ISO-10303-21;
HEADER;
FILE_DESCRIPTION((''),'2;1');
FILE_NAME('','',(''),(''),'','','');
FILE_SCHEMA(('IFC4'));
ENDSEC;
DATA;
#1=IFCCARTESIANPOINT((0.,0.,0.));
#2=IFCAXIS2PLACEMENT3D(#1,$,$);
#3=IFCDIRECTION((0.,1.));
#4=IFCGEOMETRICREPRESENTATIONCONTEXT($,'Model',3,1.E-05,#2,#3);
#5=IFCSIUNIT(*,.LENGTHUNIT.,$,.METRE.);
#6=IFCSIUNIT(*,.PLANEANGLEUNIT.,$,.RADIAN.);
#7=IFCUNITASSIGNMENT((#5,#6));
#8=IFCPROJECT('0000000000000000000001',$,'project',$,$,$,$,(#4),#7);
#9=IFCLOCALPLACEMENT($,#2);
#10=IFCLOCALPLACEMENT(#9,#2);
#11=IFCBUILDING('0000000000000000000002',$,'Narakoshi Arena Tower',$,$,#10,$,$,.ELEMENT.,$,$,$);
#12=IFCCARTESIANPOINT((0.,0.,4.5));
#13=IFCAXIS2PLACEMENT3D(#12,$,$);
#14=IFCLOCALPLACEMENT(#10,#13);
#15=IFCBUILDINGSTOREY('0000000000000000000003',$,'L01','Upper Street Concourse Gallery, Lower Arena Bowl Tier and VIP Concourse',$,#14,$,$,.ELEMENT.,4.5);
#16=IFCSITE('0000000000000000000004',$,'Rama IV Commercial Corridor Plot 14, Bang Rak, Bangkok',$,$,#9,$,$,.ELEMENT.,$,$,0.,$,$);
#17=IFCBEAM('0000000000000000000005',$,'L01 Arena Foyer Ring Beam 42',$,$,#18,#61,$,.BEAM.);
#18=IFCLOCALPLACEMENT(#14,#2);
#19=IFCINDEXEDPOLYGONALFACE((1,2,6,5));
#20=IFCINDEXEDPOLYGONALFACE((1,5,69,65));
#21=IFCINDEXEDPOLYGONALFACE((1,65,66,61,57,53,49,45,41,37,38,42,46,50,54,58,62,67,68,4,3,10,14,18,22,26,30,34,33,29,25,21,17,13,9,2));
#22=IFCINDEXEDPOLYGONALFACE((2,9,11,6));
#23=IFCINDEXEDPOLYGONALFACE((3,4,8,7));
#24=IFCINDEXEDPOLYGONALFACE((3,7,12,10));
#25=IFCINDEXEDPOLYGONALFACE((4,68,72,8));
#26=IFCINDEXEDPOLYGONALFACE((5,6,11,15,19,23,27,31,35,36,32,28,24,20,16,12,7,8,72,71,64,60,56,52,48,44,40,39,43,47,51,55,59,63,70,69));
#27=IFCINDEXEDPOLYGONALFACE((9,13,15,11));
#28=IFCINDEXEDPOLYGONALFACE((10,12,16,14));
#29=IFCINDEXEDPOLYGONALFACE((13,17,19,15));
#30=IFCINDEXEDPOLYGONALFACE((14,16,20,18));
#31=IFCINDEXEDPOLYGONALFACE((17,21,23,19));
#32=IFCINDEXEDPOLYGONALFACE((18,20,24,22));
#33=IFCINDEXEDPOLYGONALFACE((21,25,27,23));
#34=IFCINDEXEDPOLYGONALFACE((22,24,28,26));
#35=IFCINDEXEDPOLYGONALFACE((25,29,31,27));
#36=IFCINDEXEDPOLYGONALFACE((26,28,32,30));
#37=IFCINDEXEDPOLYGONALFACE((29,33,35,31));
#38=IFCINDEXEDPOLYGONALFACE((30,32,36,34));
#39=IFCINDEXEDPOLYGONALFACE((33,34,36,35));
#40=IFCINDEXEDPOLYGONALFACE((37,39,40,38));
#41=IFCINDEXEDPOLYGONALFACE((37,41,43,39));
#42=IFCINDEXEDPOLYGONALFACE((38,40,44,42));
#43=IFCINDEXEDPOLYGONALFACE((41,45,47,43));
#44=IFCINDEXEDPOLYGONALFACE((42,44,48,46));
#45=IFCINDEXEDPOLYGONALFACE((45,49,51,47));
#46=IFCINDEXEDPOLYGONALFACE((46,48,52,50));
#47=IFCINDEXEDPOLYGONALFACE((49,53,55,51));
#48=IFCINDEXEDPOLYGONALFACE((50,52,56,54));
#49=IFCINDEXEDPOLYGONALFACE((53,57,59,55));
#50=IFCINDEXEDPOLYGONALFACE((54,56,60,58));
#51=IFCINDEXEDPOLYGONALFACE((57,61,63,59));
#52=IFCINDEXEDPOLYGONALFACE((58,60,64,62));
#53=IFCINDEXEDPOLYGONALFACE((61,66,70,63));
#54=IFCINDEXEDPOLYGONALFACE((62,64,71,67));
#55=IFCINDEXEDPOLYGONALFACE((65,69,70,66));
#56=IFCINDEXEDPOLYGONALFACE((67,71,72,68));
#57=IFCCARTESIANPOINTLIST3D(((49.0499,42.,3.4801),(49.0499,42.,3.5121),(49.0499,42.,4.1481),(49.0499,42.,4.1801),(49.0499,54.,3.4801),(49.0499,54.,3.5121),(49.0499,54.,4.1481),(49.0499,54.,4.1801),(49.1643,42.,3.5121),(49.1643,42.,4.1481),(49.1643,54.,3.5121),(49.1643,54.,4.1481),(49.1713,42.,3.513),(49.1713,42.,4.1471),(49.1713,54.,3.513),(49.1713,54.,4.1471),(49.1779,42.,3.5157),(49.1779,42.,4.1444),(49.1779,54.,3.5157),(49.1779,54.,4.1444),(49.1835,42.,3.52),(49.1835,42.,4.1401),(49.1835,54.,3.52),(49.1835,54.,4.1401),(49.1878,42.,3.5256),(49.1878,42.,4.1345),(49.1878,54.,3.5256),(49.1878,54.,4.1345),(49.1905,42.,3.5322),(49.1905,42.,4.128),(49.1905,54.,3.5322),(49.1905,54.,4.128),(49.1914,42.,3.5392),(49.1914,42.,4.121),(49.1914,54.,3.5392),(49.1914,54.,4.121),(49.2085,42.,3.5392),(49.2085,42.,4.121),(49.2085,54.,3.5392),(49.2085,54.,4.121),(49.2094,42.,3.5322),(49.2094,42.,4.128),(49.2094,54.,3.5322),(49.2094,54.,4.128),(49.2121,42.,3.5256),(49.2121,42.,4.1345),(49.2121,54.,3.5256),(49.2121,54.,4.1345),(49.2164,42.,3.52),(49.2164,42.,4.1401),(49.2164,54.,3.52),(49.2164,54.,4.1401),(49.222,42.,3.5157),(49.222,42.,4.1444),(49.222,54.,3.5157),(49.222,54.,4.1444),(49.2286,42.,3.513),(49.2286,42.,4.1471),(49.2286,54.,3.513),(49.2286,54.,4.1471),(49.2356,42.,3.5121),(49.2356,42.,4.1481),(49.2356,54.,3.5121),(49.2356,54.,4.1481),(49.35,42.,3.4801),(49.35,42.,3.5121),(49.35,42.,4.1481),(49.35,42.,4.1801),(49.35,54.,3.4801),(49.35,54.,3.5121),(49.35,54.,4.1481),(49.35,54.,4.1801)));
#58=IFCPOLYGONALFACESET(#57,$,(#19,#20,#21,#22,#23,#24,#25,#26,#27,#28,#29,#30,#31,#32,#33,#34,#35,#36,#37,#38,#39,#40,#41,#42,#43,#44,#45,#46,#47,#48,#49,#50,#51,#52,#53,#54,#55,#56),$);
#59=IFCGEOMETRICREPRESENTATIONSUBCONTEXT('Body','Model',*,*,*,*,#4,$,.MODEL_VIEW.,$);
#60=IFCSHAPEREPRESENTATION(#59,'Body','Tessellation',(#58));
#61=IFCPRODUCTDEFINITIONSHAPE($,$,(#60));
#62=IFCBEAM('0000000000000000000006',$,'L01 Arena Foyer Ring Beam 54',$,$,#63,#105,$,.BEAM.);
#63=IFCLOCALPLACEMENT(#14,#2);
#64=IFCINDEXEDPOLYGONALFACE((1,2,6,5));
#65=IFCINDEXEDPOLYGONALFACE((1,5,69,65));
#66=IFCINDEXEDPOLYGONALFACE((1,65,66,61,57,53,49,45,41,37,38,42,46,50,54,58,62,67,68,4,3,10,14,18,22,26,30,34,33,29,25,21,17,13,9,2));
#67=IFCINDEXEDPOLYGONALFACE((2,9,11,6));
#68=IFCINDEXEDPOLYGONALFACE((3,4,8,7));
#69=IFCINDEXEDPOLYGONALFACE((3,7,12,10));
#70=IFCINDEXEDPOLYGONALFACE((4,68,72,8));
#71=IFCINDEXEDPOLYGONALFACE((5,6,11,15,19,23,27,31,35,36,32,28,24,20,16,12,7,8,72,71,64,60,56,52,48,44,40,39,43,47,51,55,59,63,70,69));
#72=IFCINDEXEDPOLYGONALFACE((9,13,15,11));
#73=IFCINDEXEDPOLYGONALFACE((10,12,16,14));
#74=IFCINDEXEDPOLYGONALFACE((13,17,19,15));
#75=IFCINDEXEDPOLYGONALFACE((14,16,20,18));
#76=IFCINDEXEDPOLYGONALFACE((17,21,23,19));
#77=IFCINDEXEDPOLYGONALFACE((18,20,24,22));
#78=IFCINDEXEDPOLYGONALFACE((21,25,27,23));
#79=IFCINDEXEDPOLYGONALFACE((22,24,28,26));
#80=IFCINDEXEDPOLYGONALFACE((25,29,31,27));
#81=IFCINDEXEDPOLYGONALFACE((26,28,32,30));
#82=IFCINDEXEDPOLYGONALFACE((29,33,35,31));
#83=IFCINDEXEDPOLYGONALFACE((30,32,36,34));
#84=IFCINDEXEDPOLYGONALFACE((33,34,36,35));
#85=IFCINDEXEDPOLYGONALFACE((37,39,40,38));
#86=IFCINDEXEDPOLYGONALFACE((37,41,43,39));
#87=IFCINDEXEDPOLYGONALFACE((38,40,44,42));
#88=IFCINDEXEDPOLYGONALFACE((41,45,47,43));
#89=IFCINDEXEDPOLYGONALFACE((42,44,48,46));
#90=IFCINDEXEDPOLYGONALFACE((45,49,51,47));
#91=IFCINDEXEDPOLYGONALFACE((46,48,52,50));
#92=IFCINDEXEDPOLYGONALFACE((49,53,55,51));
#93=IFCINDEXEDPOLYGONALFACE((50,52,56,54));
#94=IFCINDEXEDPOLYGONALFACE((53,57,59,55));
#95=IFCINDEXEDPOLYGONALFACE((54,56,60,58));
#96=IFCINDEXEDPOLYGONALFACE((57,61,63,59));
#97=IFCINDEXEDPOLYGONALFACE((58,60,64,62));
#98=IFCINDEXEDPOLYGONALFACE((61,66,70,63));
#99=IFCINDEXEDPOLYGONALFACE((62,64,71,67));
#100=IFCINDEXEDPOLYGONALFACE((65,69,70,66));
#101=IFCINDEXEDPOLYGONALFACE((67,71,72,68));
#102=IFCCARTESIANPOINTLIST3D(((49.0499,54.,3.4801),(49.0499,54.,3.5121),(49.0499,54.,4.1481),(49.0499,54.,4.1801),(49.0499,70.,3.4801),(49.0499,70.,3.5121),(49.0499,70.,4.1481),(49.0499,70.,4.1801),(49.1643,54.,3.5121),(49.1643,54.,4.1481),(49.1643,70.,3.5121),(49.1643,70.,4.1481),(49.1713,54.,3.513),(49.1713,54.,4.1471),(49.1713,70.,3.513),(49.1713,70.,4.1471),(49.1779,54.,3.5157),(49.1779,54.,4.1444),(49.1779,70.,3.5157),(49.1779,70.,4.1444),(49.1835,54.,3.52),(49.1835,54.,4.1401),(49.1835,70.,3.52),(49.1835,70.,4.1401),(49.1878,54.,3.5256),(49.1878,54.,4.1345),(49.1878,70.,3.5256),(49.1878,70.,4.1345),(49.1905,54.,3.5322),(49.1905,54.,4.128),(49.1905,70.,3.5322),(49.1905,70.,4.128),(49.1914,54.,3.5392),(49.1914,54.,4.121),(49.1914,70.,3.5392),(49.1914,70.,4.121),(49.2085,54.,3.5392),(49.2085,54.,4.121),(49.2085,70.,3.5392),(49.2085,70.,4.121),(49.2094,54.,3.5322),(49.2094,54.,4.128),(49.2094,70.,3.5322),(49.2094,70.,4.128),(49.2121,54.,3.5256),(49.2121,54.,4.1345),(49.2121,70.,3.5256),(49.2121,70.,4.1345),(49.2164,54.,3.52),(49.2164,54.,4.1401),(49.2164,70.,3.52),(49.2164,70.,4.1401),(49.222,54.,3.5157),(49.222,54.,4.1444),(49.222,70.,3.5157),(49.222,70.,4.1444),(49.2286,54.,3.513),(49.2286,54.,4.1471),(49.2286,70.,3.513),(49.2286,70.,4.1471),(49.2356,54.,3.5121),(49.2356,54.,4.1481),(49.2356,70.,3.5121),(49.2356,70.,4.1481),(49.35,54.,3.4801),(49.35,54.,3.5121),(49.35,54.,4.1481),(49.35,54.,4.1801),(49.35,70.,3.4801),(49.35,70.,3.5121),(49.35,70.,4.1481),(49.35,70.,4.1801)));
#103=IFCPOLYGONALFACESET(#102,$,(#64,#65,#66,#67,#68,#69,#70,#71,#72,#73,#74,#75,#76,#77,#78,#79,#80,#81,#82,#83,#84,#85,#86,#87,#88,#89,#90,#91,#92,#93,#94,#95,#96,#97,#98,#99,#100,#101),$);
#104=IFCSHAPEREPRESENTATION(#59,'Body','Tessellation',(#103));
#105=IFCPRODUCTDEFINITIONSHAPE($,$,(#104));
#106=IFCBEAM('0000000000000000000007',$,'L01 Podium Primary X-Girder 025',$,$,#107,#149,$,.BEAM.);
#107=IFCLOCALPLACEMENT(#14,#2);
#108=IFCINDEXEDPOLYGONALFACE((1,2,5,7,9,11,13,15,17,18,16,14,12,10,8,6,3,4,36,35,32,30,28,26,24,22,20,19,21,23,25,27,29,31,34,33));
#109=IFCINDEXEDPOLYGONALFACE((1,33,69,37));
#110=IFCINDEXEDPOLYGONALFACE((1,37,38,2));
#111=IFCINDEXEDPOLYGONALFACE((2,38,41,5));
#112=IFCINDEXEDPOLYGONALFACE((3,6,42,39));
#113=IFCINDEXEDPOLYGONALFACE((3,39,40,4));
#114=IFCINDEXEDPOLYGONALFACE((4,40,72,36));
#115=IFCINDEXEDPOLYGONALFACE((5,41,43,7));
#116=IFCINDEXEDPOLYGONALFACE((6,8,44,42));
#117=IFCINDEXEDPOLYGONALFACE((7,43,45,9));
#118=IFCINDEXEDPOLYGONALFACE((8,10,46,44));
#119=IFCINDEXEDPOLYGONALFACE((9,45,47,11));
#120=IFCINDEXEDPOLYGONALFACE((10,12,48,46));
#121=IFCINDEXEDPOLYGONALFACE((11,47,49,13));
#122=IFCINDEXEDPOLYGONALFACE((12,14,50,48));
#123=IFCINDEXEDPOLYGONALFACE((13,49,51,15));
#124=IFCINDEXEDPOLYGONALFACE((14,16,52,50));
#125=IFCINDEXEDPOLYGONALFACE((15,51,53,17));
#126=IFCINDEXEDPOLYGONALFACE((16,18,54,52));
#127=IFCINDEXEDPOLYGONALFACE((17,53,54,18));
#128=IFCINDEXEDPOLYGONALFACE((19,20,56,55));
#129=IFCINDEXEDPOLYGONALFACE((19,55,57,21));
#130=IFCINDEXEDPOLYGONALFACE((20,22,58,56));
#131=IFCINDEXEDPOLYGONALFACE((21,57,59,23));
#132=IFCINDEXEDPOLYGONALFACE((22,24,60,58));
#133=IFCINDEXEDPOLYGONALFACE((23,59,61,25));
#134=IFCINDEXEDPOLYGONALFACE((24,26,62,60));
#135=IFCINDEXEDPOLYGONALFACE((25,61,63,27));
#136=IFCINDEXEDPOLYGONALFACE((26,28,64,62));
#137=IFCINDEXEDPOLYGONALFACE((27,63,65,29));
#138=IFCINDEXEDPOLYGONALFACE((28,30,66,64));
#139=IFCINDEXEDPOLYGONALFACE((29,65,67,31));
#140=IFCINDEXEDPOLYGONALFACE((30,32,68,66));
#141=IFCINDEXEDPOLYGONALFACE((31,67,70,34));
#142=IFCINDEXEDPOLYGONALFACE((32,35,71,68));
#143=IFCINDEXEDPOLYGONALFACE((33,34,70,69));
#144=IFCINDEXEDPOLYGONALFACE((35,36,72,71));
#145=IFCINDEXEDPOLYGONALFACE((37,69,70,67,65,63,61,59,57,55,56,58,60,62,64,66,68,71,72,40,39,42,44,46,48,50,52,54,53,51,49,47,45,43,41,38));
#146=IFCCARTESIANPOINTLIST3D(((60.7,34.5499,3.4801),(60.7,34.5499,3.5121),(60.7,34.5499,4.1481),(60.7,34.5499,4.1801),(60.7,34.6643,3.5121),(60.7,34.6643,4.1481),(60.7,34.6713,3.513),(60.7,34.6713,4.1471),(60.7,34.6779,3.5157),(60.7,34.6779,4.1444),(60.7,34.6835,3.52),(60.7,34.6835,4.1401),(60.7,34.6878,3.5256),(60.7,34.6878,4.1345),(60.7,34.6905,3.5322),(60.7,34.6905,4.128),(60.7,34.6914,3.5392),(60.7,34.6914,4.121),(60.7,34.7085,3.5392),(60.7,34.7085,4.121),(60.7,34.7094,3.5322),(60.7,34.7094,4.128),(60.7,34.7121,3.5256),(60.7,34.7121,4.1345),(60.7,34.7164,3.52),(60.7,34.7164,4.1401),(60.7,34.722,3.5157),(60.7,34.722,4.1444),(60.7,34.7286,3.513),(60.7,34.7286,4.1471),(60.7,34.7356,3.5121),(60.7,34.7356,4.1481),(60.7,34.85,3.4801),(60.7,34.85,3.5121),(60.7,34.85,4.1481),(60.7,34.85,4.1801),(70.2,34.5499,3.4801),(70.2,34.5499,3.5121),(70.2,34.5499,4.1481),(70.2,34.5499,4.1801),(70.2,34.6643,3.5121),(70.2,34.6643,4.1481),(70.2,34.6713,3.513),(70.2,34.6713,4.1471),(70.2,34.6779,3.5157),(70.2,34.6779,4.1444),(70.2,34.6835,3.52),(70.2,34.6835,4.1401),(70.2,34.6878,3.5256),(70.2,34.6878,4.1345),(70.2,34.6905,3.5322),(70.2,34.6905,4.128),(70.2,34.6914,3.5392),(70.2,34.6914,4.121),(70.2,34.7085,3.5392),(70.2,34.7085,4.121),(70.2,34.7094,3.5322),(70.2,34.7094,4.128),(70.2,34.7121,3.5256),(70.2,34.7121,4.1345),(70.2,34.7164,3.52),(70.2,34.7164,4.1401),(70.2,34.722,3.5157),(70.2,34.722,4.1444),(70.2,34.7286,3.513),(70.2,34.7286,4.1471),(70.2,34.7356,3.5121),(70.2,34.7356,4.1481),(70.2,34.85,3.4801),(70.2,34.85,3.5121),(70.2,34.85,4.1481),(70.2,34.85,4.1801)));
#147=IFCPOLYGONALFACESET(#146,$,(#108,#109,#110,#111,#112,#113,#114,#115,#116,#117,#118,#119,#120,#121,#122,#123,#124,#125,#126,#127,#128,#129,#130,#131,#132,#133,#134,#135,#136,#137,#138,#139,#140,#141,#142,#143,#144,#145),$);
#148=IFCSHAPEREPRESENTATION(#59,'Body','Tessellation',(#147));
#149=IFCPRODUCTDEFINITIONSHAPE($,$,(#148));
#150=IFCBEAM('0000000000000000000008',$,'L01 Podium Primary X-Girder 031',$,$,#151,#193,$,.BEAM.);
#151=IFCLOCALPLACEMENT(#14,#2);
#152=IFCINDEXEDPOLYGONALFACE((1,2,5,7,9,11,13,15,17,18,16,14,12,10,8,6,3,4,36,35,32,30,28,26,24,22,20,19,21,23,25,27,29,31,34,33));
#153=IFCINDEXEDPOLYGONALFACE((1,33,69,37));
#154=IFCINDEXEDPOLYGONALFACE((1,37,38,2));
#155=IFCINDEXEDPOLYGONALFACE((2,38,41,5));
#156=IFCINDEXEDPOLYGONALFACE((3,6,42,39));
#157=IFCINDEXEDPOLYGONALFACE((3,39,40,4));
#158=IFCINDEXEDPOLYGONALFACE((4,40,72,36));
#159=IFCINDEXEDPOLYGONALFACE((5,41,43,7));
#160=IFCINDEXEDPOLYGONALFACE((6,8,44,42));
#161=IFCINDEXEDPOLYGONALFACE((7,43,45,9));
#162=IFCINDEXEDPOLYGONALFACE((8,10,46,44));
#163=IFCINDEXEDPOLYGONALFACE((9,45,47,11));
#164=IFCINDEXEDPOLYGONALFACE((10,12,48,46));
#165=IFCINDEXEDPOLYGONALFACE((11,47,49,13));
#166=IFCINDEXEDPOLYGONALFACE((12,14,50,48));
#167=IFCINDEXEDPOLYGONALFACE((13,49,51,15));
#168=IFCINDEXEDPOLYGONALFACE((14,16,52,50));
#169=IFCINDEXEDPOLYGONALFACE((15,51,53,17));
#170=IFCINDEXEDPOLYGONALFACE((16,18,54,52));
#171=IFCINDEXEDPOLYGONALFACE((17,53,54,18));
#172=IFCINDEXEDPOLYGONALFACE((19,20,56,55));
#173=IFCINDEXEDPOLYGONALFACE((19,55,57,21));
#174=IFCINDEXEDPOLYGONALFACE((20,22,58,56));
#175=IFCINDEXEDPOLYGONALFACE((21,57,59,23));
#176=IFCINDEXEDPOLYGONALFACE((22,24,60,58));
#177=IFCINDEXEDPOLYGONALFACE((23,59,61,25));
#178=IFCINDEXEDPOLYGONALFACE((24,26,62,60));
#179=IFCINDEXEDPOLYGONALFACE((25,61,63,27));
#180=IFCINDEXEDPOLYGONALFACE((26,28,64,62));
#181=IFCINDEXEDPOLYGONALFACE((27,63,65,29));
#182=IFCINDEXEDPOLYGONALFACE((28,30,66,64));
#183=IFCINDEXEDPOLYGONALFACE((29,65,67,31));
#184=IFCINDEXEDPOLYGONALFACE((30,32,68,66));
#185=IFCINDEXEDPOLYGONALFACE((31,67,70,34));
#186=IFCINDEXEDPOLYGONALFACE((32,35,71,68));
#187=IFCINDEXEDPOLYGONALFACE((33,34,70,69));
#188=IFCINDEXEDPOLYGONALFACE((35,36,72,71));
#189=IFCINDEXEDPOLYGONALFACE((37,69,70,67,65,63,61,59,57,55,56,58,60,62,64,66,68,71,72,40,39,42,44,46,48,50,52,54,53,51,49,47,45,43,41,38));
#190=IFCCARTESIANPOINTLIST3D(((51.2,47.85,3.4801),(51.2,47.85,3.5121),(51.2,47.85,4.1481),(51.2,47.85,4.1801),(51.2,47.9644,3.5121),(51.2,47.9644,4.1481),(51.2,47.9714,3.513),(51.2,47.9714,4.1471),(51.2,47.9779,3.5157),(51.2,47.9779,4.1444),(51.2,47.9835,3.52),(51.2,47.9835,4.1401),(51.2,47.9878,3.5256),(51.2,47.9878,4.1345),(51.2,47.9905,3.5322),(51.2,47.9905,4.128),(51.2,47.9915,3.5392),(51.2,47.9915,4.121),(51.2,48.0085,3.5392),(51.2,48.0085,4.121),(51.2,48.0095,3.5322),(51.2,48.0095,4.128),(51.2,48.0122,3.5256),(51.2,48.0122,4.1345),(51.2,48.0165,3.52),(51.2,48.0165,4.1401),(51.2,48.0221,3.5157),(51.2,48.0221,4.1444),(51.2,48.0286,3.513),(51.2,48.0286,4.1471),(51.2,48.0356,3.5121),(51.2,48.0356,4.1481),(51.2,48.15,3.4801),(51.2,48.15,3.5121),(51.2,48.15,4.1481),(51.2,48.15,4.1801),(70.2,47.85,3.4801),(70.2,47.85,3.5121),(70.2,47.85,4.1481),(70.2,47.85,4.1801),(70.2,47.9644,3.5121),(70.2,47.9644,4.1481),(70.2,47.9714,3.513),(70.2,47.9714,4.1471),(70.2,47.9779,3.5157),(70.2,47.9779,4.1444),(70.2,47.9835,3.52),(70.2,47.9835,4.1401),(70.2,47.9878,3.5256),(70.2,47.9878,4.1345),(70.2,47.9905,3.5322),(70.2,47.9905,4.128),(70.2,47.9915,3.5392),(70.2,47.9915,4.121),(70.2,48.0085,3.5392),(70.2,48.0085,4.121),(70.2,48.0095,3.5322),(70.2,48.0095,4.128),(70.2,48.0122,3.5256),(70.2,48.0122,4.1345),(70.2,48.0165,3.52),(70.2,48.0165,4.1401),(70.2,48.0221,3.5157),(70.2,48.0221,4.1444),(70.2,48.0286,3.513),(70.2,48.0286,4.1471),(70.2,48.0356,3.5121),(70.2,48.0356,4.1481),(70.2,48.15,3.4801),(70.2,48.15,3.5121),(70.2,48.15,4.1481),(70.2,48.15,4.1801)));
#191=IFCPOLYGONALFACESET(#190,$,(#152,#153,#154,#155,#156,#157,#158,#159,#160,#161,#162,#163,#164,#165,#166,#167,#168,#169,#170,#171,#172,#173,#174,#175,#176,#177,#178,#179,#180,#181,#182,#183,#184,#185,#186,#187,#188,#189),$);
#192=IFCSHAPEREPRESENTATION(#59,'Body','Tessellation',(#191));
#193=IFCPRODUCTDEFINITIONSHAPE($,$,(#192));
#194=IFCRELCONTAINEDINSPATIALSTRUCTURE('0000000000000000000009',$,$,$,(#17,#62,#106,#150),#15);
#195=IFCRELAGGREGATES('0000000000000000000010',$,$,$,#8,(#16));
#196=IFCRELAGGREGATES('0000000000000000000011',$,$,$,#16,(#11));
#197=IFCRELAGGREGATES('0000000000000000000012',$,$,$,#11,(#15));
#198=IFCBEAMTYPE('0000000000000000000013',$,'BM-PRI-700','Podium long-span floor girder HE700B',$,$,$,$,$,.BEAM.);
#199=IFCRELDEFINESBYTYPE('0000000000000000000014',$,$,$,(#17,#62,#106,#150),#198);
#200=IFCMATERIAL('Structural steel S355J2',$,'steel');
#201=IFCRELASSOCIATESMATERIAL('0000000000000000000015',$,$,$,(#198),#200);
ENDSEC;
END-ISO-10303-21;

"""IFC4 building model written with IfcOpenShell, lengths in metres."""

from ifc_helpers import new_model, si_unit, direction, frame, origin, origin_2d, place, context, subcontext, project, spatial, i_section, extrude, material, material_profile, profile_set, type_object, element, save


model = new_model("IFC4")

# Units and contexts
model_context = context("Model", 3, precision=1e-05, world=origin(), true_north=direction((0.0, 1.0)))
body_context = subcontext(model_context, "Body", "Model", "MODEL_VIEW")
ifc_project = project(units=[si_unit("LENGTHUNIT", "METRE"), si_unit("PLANEANGLEUNIT", "RADIAN")], contexts=[model_context])

# Site, building, storey
site_placement = place(None, origin())
site = spatial("IfcSite", under=ifc_project, at=site_placement, Name="Rama IV Commercial Corridor Plot 14, Bang Rak, Bangkok", CompositionType="ELEMENT", RefElevation=0.0)
building_placement = place(site_placement, origin())
building = spatial("IfcBuilding", under=site, at=building_placement, Name="Narakoshi Arena Tower", CompositionType="ELEMENT")
storey_placement = place(building_placement, frame((0.0, 0.0, 4.5)))
storey = spatial("IfcBuildingStorey", under=building, at=storey_placement, Name="L01", Description="Upper Street Concourse Gallery, Lower Arena Bowl Tier and VIP Concourse", CompositionType="ELEMENT", Elevation=4.5)

# Beams
ifc_material_1 = material(Name="Structural steel S355J2", Category="steel")
ifc_material_profile_1 = material_profile(ifc_material_1, i_section(OverallWidth=0.3, OverallDepth=0.7, WebThickness=0.0171, FlangeThickness=0.032, FilletRadius=0.0271, at=origin_2d()), Name="HE700B")
ifc_profile_set_1 = profile_set([ifc_material_profile_1], Name="Structural steel S355J2")
beam_type_1 = type_object("IfcBeamType", Name="BM-PRI-700", Description="Podium long-span floor girder HE700B", PredefinedType="BEAM", material=ifc_profile_set_1)
beam_1_placement = place(storey_placement, frame((49.2, 42.0, 3.8301), z_axis=(0.0, 1.0, 0.0), x_axis=(-1.0, 0.0, 0.0)))
element("IfcBeam", 1, at=beam_1_placement, inside=storey, type_object=beam_type_1, Name="L01 Arena Foyer Ring Beam 42", PredefinedType="BEAM", context=body_context, shape_type="SweptSolid", body=[
    extrude(i_section(OverallWidth=0.3, OverallDepth=0.7, WebThickness=0.0171, FlangeThickness=0.032, FilletRadius=0.0271, at=origin_2d()), origin(), (0.0, 0.0, 1.0), 12.0),
])
beam_2_placement = place(storey_placement, frame((49.2, 54.0, 3.8301), z_axis=(0.0, 1.0, 0.0), x_axis=(-1.0, 0.0, 0.0)))
element("IfcBeam", 2, at=beam_2_placement, inside=storey, type_object=beam_type_1, Name="L01 Arena Foyer Ring Beam 54", PredefinedType="BEAM", context=body_context, shape_type="SweptSolid", body=[
    extrude(i_section(OverallWidth=0.3, OverallDepth=0.7, WebThickness=0.0171, FlangeThickness=0.032, FilletRadius=0.0271, at=origin_2d()), origin(), (0.0, 0.0, 1.0), 16.0),
])
beam_3_placement = place(storey_placement, frame((60.7, 34.7, 3.8301), z_axis=(1.0, 0.0, 0.0), x_axis=(0.0, 1.0, 0.0)))
element("IfcBeam", 3, at=beam_3_placement, inside=storey, type_object=beam_type_1, Name="L01 Podium Primary X-Girder 025", PredefinedType="BEAM", context=body_context, shape_type="SweptSolid", body=[
    extrude(i_section(OverallWidth=0.3, OverallDepth=0.7, WebThickness=0.0171, FlangeThickness=0.032, FilletRadius=0.0271, at=origin_2d()), origin(), (0.0, 0.0, 1.0), 9.5),
])
beam_4_placement = place(storey_placement, frame((51.2, 48.0, 3.8301), z_axis=(1.0, 0.0, 0.0), x_axis=(0.0, 1.0, 0.0)))
element("IfcBeam", 4, at=beam_4_placement, inside=storey, type_object=beam_type_1, Name="L01 Podium Primary X-Girder 031", PredefinedType="BEAM", context=body_context, shape_type="SweptSolid", body=[
    extrude(i_section(OverallWidth=0.3, OverallDepth=0.7, WebThickness=0.0171, FlangeThickness=0.032, FilletRadius=0.0271, at=origin_2d()), origin(), (0.0, 0.0, 1.0), 19.0),
])

save(model, "model.ifc")
